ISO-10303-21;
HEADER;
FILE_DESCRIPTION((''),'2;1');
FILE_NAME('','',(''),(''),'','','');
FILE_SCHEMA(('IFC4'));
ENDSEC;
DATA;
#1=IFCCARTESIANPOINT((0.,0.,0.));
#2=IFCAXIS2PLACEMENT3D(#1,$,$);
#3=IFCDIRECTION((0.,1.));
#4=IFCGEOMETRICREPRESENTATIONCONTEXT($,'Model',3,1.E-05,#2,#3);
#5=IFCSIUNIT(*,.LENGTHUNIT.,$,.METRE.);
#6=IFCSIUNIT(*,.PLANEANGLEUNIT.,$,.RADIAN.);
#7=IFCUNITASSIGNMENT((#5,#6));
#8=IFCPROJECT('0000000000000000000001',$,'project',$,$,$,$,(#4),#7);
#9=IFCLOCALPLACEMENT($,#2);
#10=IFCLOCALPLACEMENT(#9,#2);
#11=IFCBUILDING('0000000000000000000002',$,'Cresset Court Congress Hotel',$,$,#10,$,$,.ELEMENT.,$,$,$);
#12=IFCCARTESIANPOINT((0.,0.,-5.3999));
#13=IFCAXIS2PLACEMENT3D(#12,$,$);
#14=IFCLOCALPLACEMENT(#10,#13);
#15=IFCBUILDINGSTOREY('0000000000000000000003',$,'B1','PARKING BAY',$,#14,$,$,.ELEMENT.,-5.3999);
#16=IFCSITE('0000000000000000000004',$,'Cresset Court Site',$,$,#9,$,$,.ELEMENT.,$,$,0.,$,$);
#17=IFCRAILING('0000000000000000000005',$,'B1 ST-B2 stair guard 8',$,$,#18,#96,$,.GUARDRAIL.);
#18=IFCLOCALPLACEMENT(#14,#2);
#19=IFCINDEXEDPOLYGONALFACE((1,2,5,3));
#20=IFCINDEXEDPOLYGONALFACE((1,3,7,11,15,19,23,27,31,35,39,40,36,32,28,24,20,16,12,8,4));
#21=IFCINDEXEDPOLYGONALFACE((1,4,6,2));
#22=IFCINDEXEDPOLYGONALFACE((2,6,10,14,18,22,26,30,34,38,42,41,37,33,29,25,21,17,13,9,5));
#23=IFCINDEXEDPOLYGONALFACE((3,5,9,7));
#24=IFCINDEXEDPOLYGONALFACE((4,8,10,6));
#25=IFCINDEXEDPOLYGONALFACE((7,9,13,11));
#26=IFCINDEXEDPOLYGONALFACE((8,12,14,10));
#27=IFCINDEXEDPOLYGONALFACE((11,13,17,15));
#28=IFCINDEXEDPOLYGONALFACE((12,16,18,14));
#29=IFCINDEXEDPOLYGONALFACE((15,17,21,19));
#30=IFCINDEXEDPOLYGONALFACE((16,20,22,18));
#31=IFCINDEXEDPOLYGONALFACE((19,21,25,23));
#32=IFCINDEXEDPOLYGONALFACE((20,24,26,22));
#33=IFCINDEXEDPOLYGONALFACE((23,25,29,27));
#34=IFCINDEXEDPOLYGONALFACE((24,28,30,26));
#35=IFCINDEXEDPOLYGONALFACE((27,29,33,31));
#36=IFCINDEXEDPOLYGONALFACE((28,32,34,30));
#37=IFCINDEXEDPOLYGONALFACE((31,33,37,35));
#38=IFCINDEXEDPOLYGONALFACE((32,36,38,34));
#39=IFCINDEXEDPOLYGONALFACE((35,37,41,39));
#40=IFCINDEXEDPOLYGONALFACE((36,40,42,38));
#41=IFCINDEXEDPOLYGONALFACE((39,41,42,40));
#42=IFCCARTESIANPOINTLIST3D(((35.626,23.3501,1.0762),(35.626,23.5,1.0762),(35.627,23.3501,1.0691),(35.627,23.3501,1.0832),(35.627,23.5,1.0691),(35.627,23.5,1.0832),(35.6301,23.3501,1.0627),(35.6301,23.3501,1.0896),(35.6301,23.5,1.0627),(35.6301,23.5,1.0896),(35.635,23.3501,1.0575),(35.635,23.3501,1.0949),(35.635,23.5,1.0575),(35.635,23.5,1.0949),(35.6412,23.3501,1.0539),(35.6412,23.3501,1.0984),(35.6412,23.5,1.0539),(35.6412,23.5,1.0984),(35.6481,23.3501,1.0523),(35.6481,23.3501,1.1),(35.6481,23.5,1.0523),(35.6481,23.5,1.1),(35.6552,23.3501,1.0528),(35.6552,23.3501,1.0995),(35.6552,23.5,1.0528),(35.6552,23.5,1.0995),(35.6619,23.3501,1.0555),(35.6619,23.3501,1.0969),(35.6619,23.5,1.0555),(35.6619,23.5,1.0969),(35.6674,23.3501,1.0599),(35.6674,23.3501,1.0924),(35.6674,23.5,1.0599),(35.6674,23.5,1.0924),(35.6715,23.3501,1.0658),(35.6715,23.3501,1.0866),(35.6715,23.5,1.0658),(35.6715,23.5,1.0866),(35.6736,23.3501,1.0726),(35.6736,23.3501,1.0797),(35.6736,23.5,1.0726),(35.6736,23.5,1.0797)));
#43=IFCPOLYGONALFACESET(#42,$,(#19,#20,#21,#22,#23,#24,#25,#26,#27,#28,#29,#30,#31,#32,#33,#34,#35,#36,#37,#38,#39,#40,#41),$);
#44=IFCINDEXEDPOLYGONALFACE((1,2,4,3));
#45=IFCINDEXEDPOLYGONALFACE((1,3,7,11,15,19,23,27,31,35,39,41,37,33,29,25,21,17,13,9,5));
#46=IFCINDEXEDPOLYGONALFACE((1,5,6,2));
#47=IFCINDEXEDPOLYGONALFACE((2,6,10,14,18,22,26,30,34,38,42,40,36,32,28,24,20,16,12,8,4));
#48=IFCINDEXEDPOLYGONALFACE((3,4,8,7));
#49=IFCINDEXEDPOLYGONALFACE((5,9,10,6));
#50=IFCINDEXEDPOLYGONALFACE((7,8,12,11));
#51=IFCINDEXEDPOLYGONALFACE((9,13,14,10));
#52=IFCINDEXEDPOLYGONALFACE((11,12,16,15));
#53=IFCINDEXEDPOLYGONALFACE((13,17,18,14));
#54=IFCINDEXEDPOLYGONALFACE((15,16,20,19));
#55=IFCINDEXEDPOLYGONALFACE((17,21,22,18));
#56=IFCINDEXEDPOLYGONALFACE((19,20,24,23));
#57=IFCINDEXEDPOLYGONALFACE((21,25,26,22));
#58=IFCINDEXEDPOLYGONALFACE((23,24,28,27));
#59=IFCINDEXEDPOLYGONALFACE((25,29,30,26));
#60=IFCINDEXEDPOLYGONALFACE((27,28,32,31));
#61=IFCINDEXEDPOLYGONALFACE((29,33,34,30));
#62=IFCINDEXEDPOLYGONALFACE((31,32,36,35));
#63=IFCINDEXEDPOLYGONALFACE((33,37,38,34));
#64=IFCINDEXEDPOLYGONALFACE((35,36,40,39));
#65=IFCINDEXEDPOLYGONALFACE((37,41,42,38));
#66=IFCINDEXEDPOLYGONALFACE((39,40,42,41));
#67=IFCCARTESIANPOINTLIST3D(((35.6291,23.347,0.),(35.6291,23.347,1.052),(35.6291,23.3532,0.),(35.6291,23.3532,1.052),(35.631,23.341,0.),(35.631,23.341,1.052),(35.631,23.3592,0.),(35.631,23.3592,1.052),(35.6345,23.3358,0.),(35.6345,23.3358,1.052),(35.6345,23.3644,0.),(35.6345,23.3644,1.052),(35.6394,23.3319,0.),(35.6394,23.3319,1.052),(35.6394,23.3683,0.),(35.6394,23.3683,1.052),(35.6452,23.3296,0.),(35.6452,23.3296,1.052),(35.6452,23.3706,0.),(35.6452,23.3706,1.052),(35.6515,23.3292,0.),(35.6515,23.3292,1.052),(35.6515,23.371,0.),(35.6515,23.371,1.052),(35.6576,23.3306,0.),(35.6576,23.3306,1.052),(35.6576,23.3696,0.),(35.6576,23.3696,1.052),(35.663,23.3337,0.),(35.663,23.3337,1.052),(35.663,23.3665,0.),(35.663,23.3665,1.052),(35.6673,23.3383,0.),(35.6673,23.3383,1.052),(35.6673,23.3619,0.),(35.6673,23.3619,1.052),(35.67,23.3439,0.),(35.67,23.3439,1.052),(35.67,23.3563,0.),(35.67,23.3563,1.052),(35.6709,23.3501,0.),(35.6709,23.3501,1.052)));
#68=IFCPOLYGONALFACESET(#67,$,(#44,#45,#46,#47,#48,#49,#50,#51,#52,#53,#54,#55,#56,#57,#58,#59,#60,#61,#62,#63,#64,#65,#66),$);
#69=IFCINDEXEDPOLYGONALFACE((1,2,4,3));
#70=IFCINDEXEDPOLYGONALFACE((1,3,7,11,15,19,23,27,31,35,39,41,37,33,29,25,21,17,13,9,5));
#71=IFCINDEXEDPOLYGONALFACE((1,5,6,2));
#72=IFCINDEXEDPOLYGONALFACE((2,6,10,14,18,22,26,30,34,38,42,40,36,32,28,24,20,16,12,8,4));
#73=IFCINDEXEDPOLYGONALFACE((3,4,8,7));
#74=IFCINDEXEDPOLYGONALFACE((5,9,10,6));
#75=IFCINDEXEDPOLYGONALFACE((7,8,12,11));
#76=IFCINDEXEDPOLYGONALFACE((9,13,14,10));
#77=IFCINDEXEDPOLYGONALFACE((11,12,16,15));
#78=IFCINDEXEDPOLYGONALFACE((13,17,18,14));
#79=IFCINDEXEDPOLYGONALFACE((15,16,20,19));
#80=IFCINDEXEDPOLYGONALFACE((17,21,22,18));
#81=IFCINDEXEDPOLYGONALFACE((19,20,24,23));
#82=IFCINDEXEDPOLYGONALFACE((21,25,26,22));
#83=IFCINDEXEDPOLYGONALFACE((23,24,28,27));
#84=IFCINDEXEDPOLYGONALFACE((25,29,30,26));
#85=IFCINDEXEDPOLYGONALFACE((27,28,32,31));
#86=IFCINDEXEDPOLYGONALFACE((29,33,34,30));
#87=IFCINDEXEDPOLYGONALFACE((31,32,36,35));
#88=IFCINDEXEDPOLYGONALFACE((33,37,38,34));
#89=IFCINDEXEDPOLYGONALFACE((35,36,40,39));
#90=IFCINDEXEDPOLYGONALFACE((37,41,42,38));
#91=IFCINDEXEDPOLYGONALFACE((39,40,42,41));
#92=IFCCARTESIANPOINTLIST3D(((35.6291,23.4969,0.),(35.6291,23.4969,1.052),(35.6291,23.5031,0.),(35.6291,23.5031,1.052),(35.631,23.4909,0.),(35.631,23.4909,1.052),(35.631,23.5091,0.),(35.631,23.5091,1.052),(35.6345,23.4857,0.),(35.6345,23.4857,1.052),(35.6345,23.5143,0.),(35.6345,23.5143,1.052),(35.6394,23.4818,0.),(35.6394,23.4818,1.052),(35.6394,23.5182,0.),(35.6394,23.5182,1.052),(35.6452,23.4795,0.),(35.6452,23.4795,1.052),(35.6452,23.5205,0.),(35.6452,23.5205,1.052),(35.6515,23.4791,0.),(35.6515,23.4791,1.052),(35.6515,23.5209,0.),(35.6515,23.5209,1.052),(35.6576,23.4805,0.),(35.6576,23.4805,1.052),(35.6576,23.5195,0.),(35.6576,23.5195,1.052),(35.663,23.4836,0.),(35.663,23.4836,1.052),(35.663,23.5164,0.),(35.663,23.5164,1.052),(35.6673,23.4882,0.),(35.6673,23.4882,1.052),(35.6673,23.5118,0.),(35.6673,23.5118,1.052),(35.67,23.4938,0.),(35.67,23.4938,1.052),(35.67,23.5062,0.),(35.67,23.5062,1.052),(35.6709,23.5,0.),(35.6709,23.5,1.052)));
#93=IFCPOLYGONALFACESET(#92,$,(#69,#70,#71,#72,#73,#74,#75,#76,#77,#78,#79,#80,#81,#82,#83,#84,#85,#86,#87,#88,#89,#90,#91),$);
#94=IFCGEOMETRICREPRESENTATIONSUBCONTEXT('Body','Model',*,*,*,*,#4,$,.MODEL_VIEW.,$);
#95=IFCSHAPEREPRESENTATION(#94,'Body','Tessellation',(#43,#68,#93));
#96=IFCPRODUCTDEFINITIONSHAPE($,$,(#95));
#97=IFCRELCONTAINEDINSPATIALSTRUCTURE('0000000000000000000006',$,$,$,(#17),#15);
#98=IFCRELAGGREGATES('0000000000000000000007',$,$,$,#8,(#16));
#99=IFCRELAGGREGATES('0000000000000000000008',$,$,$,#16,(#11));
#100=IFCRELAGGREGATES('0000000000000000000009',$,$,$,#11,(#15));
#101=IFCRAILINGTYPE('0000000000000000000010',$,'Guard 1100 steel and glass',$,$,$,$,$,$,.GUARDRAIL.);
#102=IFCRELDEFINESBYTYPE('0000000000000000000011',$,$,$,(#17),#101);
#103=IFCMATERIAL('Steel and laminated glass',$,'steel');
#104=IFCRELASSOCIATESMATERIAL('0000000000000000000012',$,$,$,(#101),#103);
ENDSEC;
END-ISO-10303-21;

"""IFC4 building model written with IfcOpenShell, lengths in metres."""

from ifc_helpers import new_model, si_unit, direction, frame, origin, origin_2d, place, context, subcontext, project, spatial, circle, extrude, material, type_object, element, save


model = new_model("IFC4")

# Units and contexts
model_context = context("Model", 3, precision=1e-05, world=origin(), true_north=direction((0.0, 1.0)))
body_context = subcontext(model_context, "Body", "Model", "MODEL_VIEW")
ifc_project = project(units=[si_unit("LENGTHUNIT", "METRE"), si_unit("PLANEANGLEUNIT", "RADIAN")], contexts=[model_context])

# Site, building, storey
site_placement = place(None, origin())
site = spatial("IfcSite", under=ifc_project, at=site_placement, Name="Cresset Court Site", CompositionType="ELEMENT", RefElevation=0.0)
building_placement = place(site_placement, origin())
building = spatial("IfcBuilding", under=site, at=building_placement, Name="Cresset Court Congress Hotel", CompositionType="ELEMENT")
storey_placement = place(building_placement, frame((0.0, 0.0, -5.3999)))
storey = spatial("IfcBuildingStorey", under=building, at=storey_placement, Name="B1", Description="PARKING BAY", CompositionType="ELEMENT", Elevation=-5.3999)

# Railing
ifc_material_1 = material(Name="Steel and laminated glass", Category="steel")
railing_type_1 = type_object("IfcRailingType", Name="Guard 1100 steel and glass", PredefinedType="GUARDRAIL", material=ifc_material_1)
railing_1_placement = place(storey_placement, frame((35.6499, 23.3501, 0.0)))
element("IfcRailing", 1, at=railing_1_placement, inside=storey, type_object=railing_type_1, Name="B1 ST-B2 stair guard 8", PredefinedType="GUARDRAIL", context=body_context, shape_type="SweptSolid", body=[
    extrude(circle(Radius=0.0239, at=origin_2d()), frame((0.0, 0.0, 1.0762), z_axis=(0.0, 1.0, 0.0), x_axis=(-1.0, 0.0, 0.0)), (0.0, 0.0, 1.0), 0.1499),
    extrude(circle(Radius=0.021, at=origin_2d()), origin(), (0.0, 0.0, 1.0), 1.052),
    extrude(circle(Radius=0.021, at=origin_2d()), frame((0.0, 0.1499, 0.0)), (0.0, 0.0, 1.0), 1.052),
])

save(model, "model.ifc")
